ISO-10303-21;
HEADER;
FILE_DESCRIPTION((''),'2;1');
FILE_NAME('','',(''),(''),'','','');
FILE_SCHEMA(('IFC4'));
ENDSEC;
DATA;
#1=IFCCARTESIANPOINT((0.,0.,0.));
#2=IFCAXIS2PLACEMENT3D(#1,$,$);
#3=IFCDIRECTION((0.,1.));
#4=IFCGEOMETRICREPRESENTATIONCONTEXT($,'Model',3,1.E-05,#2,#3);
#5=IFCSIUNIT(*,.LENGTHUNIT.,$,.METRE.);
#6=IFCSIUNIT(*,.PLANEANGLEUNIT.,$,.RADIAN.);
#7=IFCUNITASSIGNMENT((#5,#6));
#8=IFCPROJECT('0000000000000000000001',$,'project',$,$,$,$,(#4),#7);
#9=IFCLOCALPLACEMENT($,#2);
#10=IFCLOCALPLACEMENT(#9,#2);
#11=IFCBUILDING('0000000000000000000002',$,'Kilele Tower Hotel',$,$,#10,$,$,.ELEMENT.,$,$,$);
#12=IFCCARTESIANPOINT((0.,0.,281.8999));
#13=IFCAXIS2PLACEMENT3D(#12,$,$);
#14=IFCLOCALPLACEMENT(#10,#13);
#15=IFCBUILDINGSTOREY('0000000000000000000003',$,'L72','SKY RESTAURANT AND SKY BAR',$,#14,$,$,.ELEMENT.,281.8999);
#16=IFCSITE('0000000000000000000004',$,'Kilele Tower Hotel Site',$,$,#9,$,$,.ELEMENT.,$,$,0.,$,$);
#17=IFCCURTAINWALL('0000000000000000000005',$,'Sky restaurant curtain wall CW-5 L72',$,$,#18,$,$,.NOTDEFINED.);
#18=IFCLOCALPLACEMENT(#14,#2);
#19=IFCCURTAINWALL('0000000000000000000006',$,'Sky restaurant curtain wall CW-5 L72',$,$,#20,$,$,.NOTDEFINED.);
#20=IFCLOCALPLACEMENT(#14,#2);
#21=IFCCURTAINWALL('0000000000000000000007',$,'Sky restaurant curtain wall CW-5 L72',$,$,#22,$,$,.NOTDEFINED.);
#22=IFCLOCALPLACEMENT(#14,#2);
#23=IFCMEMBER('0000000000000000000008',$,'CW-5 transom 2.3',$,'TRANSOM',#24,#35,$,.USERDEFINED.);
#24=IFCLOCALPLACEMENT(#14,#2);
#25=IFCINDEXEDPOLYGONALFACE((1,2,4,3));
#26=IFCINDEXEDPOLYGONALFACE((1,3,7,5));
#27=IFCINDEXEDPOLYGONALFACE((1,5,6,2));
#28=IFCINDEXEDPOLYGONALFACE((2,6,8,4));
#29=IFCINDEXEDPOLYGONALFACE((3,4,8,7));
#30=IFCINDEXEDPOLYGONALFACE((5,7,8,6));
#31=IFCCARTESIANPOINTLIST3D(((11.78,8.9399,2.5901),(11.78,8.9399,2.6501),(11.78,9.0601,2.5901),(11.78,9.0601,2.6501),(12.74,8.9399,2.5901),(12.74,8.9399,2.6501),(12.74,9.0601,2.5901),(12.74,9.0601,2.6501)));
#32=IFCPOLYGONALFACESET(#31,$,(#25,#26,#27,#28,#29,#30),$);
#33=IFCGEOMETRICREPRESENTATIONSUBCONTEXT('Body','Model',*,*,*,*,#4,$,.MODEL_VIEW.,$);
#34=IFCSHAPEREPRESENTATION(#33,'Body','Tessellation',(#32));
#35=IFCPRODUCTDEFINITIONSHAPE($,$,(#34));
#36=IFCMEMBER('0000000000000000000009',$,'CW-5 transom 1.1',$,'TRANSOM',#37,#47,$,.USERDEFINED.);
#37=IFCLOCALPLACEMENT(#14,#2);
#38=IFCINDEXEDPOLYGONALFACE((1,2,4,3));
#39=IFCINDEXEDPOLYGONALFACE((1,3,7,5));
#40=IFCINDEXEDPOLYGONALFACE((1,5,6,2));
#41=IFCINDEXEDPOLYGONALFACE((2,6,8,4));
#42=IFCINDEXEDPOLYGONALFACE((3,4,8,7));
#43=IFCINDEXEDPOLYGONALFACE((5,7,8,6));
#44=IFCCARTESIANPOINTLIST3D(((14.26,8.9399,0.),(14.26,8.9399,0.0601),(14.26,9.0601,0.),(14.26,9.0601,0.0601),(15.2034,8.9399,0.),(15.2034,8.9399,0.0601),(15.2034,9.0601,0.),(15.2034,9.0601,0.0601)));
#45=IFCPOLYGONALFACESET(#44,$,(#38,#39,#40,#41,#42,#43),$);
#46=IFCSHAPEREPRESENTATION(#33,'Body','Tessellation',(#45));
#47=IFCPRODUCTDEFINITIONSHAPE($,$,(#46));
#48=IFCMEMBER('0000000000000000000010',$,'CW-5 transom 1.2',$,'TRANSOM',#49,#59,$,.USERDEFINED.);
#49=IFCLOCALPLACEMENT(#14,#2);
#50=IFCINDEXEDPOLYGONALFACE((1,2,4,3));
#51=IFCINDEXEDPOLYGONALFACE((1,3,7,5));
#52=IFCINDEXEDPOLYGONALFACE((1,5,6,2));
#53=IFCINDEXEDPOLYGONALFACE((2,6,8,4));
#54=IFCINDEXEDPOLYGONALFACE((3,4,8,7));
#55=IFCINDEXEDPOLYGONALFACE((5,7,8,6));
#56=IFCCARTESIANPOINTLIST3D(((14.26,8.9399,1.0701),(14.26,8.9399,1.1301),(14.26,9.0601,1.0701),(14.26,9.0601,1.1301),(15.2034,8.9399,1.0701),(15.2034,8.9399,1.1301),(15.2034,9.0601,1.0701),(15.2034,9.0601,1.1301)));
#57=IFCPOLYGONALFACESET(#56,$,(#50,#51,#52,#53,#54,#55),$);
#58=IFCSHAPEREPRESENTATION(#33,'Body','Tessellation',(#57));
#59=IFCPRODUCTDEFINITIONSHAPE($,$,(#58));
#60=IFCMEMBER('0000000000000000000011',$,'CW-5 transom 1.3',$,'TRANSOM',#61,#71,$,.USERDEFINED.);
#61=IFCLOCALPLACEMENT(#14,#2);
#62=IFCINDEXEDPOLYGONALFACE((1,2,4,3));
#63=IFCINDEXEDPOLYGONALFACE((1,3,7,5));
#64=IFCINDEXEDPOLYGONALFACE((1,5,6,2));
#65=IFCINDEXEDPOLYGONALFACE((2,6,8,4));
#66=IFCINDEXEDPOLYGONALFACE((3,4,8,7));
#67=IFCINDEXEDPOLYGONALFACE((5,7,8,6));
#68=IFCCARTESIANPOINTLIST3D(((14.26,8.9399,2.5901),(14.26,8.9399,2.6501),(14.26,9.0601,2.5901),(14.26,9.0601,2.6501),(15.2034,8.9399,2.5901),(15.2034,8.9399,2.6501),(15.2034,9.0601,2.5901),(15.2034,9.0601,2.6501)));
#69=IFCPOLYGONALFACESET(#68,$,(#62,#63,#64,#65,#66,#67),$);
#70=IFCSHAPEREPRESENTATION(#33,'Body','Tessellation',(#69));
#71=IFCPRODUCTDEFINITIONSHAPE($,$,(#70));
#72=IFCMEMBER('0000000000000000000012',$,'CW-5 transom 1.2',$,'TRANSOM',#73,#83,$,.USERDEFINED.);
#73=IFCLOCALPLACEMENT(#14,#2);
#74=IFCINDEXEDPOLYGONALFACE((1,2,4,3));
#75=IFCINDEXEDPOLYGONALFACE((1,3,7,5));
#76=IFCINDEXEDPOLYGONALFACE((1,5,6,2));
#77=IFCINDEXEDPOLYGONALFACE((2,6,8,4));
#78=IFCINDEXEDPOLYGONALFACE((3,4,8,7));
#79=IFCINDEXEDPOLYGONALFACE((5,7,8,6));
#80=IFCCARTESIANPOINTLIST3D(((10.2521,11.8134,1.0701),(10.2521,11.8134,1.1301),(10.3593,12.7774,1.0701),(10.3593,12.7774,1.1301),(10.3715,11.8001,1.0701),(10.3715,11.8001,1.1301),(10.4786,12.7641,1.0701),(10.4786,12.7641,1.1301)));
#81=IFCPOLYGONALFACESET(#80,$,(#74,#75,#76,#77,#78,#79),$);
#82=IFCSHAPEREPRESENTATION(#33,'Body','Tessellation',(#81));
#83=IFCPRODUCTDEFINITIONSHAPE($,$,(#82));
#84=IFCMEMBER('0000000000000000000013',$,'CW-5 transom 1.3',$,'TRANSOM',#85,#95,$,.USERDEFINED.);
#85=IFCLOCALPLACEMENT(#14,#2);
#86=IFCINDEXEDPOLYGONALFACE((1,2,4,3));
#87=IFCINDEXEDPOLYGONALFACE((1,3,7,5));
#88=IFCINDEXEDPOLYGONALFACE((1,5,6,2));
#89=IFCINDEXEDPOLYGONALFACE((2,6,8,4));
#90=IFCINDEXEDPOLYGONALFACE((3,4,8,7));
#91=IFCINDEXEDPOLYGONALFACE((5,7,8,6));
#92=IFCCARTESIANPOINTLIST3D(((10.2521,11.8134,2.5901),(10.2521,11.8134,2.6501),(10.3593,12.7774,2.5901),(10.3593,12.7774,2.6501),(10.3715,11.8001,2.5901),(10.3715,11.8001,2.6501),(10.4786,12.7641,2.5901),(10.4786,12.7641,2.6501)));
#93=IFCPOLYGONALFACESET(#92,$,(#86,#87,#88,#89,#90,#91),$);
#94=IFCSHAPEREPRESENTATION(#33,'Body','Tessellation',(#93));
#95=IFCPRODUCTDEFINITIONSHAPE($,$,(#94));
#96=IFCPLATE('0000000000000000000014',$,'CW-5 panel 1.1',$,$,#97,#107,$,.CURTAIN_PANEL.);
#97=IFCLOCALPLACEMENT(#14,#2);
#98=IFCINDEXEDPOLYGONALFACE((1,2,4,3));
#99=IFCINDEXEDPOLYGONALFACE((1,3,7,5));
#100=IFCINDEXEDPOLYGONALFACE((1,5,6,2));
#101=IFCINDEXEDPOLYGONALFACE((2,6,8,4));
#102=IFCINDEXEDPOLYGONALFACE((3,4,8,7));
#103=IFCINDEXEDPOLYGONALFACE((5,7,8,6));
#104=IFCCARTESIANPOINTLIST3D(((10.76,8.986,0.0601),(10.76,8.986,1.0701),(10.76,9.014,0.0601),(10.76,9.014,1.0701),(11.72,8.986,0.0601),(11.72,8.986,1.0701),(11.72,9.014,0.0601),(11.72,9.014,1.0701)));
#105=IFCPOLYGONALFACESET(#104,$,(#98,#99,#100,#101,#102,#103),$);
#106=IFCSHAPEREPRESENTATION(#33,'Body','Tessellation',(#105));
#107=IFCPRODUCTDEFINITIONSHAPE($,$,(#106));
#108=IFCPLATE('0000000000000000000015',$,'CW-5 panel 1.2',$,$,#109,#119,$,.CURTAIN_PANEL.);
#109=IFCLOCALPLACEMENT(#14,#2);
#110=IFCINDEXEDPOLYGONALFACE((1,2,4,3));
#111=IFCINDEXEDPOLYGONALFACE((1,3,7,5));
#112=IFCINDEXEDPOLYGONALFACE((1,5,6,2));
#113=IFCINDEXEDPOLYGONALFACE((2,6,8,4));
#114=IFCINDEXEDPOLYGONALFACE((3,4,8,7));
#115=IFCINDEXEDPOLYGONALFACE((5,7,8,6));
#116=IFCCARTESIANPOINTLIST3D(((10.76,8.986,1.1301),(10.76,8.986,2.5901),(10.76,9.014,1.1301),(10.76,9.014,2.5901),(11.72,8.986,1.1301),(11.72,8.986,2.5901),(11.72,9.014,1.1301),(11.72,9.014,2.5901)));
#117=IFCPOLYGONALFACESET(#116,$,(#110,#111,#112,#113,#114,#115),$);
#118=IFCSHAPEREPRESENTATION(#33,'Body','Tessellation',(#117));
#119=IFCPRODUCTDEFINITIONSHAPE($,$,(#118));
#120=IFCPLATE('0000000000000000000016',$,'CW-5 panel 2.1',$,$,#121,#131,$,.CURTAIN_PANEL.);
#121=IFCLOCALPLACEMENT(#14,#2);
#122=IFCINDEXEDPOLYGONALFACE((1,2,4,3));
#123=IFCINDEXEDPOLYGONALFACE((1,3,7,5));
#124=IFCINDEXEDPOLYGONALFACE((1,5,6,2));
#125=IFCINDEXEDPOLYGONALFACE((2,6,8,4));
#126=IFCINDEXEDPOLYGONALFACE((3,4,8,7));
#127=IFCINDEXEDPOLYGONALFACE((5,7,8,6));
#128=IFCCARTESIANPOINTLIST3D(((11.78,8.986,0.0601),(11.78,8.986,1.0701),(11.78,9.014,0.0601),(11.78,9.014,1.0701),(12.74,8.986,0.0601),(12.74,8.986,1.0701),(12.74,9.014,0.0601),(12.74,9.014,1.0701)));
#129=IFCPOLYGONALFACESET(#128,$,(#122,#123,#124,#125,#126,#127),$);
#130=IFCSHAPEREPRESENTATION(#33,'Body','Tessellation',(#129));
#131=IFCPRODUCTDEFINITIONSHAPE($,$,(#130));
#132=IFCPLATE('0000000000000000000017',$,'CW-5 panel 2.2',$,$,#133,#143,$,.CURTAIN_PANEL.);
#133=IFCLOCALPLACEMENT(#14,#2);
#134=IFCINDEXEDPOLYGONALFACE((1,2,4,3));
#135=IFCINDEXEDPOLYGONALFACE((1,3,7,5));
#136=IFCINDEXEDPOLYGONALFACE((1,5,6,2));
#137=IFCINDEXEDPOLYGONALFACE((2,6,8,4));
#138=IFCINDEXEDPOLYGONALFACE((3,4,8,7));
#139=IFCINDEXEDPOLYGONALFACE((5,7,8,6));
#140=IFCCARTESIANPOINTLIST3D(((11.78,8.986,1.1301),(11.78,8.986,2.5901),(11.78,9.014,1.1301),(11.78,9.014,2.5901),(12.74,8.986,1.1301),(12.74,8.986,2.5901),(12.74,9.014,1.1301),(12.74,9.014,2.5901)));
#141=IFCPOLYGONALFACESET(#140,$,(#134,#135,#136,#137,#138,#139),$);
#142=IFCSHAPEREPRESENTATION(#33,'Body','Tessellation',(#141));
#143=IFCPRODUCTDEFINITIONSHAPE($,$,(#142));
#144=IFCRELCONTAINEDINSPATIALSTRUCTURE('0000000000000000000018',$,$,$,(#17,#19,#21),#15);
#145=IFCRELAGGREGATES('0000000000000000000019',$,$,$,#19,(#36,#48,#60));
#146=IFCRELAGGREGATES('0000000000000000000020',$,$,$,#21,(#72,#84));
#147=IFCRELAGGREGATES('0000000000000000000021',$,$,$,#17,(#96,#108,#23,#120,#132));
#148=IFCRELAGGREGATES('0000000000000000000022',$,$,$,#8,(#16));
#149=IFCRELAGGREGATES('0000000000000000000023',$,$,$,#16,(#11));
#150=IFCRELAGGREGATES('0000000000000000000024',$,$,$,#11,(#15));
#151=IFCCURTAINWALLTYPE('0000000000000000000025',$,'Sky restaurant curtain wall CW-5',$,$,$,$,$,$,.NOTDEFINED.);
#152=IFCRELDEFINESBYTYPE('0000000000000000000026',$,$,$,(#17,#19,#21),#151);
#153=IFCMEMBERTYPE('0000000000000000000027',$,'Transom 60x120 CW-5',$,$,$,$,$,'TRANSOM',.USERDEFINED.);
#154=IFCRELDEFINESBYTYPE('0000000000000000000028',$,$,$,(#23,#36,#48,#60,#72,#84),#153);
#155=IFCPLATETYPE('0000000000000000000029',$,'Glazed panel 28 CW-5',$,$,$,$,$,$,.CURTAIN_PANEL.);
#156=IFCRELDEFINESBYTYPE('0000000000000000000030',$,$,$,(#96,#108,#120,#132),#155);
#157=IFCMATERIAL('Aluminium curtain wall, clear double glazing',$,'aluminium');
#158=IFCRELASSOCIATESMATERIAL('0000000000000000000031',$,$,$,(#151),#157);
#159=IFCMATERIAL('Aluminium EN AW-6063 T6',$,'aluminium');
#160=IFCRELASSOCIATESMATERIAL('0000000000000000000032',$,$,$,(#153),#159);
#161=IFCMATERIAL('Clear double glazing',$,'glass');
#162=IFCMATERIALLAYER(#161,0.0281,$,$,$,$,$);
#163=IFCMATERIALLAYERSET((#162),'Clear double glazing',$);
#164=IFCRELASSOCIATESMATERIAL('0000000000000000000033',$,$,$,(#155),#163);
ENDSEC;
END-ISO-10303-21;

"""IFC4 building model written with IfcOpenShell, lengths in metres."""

from ifc_helpers import new_model, si_unit, direction, frame, origin, origin_2d, place, context, subcontext, project, spatial, rectangle, extrude, material, layer, layer_set, material_profile, profile_set, type_object, element, aggregate, save


model = new_model("IFC4")

# Units and contexts
model_context = context("Model", 3, precision=1e-05, world=origin(), true_north=direction((0.0, 1.0)))
body_context = subcontext(model_context, "Body", "Model", "MODEL_VIEW")
ifc_project = project(units=[si_unit("LENGTHUNIT", "METRE"), si_unit("PLANEANGLEUNIT", "RADIAN")], contexts=[model_context])

# Site, building, storey
site_placement = place(None, origin())
site = spatial("IfcSite", under=ifc_project, at=site_placement, Name="Kilele Tower Hotel Site", CompositionType="ELEMENT", RefElevation=0.0)
building_placement = place(site_placement, origin())
building = spatial("IfcBuilding", under=site, at=building_placement, Name="Kilele Tower Hotel", CompositionType="ELEMENT")
storey_placement = place(building_placement, frame((0.0, 0.0, 281.8999)))
storey = spatial("IfcBuildingStorey", under=building, at=storey_placement, Name="L72", Description="SKY RESTAURANT AND SKY BAR", CompositionType="ELEMENT", Elevation=281.8999)

# Curtain wall
ifc_material_1 = material(Name="Aluminium curtain wall, clear double glazing", Category="aluminium")
curtain_wall_type = type_object("IfcCurtainWallType", Name="Sky restaurant curtain wall CW-5", PredefinedType="NOTDEFINED", material=ifc_material_1)
curtain_wall_1_placement = place(storey_placement, origin())
curtain_wall_1 = element("IfcCurtainWall", 1, at=curtain_wall_1_placement, inside=storey, type_object=curtain_wall_type, Name="Sky restaurant curtain wall CW-5 L72", PredefinedType="NOTDEFINED")

# Curtain walls
curtain_wall_2_placement = place(storey_placement, origin())
curtain_wall_2 = element("IfcCurtainWall", 2, at=curtain_wall_2_placement, inside=storey, type_object=curtain_wall_type, Name="Sky restaurant curtain wall CW-5 L72", PredefinedType="NOTDEFINED")
curtain_wall_3_placement = place(storey_placement, origin())
curtain_wall_3 = element("IfcCurtainWall", 3, at=curtain_wall_3_placement, inside=storey, type_object=curtain_wall_type, Name="Sky restaurant curtain wall CW-5 L72", PredefinedType="NOTDEFINED")

# Members
ifc_material_2 = material(Name="Aluminium EN AW-6063 T6", Category="aluminium")
ifc_material_profile_1 = material_profile(ifc_material_2, rectangle(XDim=0.1201, YDim=0.0601, at=origin_2d()))
ifc_profile_set_1 = profile_set([ifc_material_profile_1], Name="Aluminium EN AW-6063 T6")
member_type_1 = type_object("IfcMemberType", Name="Transom 60x120 CW-5", ElementType="TRANSOM", PredefinedType="USERDEFINED", material=ifc_profile_set_1)
member_1_placement = place(storey_placement, frame((11.78, 9.0, 2.6201), z_axis=(1.0, 0.0, 0.0), x_axis=(0.0, 1.0, 0.0)))
member_1 = element("IfcMember", 4, at=member_1_placement, type_object=member_type_1, Name="CW-5 transom 2.3", ObjectType="TRANSOM", PredefinedType="USERDEFINED", context=body_context, shape_type="SweptSolid", body=[
    extrude(rectangle(XDim=0.1201, YDim=0.0601, at=origin_2d()), origin(), (0.0, 0.0, 1.0), 0.96),
])
member_2_placement = place(storey_placement, frame((14.26, 9.0, 0.03), z_axis=(1.0, 0.0, 0.0), x_axis=(0.0, 1.0, 0.0)))
member_2 = element("IfcMember", 5, at=member_2_placement, type_object=member_type_1, Name="CW-5 transom 1.1", ObjectType="TRANSOM", PredefinedType="USERDEFINED", context=body_context, shape_type="SweptSolid", body=[
    extrude(rectangle(XDim=0.1201, YDim=0.0601, at=origin_2d()), origin(), (0.0, 0.0, 1.0), 0.9434),
])
member_3_placement = place(storey_placement, frame((14.26, 9.0, 1.1001), z_axis=(1.0, 0.0, 0.0), x_axis=(0.0, 1.0, 0.0)))
member_3 = element("IfcMember", 6, at=member_3_placement, type_object=member_type_1, Name="CW-5 transom 1.2", ObjectType="TRANSOM", PredefinedType="USERDEFINED", context=body_context, shape_type="SweptSolid", body=[
    extrude(rectangle(XDim=0.1201, YDim=0.0601, at=origin_2d()), origin(), (0.0, 0.0, 1.0), 0.9434),
])
member_4_placement = place(storey_placement, frame((14.26, 9.0, 2.6201), z_axis=(1.0, 0.0, 0.0), x_axis=(0.0, 1.0, 0.0)))
member_4 = element("IfcMember", 7, at=member_4_placement, type_object=member_type_1, Name="CW-5 transom 1.3", ObjectType="TRANSOM", PredefinedType="USERDEFINED", context=body_context, shape_type="SweptSolid", body=[
    extrude(rectangle(XDim=0.1201, YDim=0.0601, at=origin_2d()), origin(), (0.0, 0.0, 1.0), 0.9434),
])
aggregate(curtain_wall_2, [member_2, member_3, member_4])
member_5_placement = place(storey_placement, frame((10.4189, 12.7708, 1.1001), z_axis=(-0.110487, -0.993878, 0.0), x_axis=(0.993878, -0.110487, 0.0)))
member_5 = element("IfcMember", 8, at=member_5_placement, type_object=member_type_1, Name="CW-5 transom 1.2", ObjectType="TRANSOM", PredefinedType="USERDEFINED", context=body_context, shape_type="SweptSolid", body=[
    extrude(rectangle(XDim=0.1201, YDim=0.0601, at=origin_2d()), origin(), (0.0, 0.0, 1.0), 0.97),
])
member_6_placement = place(storey_placement, frame((10.4189, 12.7708, 2.6201), z_axis=(-0.110487, -0.993878, 0.0), x_axis=(0.993878, -0.110487, 0.0)))
member_6 = element("IfcMember", 9, at=member_6_placement, type_object=member_type_1, Name="CW-5 transom 1.3", ObjectType="TRANSOM", PredefinedType="USERDEFINED", context=body_context, shape_type="SweptSolid", body=[
    extrude(rectangle(XDim=0.1201, YDim=0.0601, at=origin_2d()), origin(), (0.0, 0.0, 1.0), 0.97),
])
aggregate(curtain_wall_3, [member_5, member_6])

# Plates
ifc_material_3 = material(Name="Clear double glazing", Category="glass")
ifc_layer = layer(ifc_material_3, 0.0281)
ifc_layer_set = layer_set([ifc_layer], Name="Clear double glazing")
plate_type = type_object("IfcPlateType", Name="Glazed panel 28 CW-5", PredefinedType="CURTAIN_PANEL", material=ifc_layer_set)
plate_1_placement = place(storey_placement, frame((11.24, 9.0, 0.0601), z_axis=(0.0, 0.0, 1.0), x_axis=(1.0, 0.0, 0.0)))
plate_1 = element("IfcPlate", 10, at=plate_1_placement, type_object=plate_type, Name="CW-5 panel 1.1", PredefinedType="CURTAIN_PANEL", context=body_context, shape_type="SweptSolid", body=[
    extrude(rectangle(XDim=0.96, YDim=0.0281, at=origin_2d()), origin(), (0.0, 0.0, 1.0), 1.01),
])
plate_2_placement = place(storey_placement, frame((11.24, 9.0, 1.1301), z_axis=(0.0, 0.0, 1.0), x_axis=(1.0, 0.0, 0.0)))
plate_2 = element("IfcPlate", 11, at=plate_2_placement, type_object=plate_type, Name="CW-5 panel 1.2", PredefinedType="CURTAIN_PANEL", context=body_context, shape_type="SweptSolid", body=[
    extrude(rectangle(XDim=0.96, YDim=0.0281, at=origin_2d()), origin(), (0.0, 0.0, 1.0), 1.46),
])
plate_3_placement = place(storey_placement, frame((12.26, 9.0, 0.0601), z_axis=(0.0, 0.0, 1.0), x_axis=(1.0, 0.0, 0.0)))
plate_3 = element("IfcPlate", 12, at=plate_3_placement, type_object=plate_type, Name="CW-5 panel 2.1", PredefinedType="CURTAIN_PANEL", context=body_context, shape_type="SweptSolid", body=[
    extrude(rectangle(XDim=0.96, YDim=0.0281, at=origin_2d()), origin(), (0.0, 0.0, 1.0), 1.01),
])
plate_4_placement = place(storey_placement, frame((12.26, 9.0, 1.1301), z_axis=(0.0, 0.0, 1.0), x_axis=(1.0, 0.0, 0.0)))
plate_4 = element("IfcPlate", 13, at=plate_4_placement, type_object=plate_type, Name="CW-5 panel 2.2", PredefinedType="CURTAIN_PANEL", context=body_context, shape_type="SweptSolid", body=[
    extrude(rectangle(XDim=0.96, YDim=0.0281, at=origin_2d()), origin(), (0.0, 0.0, 1.0), 1.46),
])
aggregate(curtain_wall_1, [plate_1, plate_2, member_1, plate_3, plate_4])

save(model, "model.ifc")
